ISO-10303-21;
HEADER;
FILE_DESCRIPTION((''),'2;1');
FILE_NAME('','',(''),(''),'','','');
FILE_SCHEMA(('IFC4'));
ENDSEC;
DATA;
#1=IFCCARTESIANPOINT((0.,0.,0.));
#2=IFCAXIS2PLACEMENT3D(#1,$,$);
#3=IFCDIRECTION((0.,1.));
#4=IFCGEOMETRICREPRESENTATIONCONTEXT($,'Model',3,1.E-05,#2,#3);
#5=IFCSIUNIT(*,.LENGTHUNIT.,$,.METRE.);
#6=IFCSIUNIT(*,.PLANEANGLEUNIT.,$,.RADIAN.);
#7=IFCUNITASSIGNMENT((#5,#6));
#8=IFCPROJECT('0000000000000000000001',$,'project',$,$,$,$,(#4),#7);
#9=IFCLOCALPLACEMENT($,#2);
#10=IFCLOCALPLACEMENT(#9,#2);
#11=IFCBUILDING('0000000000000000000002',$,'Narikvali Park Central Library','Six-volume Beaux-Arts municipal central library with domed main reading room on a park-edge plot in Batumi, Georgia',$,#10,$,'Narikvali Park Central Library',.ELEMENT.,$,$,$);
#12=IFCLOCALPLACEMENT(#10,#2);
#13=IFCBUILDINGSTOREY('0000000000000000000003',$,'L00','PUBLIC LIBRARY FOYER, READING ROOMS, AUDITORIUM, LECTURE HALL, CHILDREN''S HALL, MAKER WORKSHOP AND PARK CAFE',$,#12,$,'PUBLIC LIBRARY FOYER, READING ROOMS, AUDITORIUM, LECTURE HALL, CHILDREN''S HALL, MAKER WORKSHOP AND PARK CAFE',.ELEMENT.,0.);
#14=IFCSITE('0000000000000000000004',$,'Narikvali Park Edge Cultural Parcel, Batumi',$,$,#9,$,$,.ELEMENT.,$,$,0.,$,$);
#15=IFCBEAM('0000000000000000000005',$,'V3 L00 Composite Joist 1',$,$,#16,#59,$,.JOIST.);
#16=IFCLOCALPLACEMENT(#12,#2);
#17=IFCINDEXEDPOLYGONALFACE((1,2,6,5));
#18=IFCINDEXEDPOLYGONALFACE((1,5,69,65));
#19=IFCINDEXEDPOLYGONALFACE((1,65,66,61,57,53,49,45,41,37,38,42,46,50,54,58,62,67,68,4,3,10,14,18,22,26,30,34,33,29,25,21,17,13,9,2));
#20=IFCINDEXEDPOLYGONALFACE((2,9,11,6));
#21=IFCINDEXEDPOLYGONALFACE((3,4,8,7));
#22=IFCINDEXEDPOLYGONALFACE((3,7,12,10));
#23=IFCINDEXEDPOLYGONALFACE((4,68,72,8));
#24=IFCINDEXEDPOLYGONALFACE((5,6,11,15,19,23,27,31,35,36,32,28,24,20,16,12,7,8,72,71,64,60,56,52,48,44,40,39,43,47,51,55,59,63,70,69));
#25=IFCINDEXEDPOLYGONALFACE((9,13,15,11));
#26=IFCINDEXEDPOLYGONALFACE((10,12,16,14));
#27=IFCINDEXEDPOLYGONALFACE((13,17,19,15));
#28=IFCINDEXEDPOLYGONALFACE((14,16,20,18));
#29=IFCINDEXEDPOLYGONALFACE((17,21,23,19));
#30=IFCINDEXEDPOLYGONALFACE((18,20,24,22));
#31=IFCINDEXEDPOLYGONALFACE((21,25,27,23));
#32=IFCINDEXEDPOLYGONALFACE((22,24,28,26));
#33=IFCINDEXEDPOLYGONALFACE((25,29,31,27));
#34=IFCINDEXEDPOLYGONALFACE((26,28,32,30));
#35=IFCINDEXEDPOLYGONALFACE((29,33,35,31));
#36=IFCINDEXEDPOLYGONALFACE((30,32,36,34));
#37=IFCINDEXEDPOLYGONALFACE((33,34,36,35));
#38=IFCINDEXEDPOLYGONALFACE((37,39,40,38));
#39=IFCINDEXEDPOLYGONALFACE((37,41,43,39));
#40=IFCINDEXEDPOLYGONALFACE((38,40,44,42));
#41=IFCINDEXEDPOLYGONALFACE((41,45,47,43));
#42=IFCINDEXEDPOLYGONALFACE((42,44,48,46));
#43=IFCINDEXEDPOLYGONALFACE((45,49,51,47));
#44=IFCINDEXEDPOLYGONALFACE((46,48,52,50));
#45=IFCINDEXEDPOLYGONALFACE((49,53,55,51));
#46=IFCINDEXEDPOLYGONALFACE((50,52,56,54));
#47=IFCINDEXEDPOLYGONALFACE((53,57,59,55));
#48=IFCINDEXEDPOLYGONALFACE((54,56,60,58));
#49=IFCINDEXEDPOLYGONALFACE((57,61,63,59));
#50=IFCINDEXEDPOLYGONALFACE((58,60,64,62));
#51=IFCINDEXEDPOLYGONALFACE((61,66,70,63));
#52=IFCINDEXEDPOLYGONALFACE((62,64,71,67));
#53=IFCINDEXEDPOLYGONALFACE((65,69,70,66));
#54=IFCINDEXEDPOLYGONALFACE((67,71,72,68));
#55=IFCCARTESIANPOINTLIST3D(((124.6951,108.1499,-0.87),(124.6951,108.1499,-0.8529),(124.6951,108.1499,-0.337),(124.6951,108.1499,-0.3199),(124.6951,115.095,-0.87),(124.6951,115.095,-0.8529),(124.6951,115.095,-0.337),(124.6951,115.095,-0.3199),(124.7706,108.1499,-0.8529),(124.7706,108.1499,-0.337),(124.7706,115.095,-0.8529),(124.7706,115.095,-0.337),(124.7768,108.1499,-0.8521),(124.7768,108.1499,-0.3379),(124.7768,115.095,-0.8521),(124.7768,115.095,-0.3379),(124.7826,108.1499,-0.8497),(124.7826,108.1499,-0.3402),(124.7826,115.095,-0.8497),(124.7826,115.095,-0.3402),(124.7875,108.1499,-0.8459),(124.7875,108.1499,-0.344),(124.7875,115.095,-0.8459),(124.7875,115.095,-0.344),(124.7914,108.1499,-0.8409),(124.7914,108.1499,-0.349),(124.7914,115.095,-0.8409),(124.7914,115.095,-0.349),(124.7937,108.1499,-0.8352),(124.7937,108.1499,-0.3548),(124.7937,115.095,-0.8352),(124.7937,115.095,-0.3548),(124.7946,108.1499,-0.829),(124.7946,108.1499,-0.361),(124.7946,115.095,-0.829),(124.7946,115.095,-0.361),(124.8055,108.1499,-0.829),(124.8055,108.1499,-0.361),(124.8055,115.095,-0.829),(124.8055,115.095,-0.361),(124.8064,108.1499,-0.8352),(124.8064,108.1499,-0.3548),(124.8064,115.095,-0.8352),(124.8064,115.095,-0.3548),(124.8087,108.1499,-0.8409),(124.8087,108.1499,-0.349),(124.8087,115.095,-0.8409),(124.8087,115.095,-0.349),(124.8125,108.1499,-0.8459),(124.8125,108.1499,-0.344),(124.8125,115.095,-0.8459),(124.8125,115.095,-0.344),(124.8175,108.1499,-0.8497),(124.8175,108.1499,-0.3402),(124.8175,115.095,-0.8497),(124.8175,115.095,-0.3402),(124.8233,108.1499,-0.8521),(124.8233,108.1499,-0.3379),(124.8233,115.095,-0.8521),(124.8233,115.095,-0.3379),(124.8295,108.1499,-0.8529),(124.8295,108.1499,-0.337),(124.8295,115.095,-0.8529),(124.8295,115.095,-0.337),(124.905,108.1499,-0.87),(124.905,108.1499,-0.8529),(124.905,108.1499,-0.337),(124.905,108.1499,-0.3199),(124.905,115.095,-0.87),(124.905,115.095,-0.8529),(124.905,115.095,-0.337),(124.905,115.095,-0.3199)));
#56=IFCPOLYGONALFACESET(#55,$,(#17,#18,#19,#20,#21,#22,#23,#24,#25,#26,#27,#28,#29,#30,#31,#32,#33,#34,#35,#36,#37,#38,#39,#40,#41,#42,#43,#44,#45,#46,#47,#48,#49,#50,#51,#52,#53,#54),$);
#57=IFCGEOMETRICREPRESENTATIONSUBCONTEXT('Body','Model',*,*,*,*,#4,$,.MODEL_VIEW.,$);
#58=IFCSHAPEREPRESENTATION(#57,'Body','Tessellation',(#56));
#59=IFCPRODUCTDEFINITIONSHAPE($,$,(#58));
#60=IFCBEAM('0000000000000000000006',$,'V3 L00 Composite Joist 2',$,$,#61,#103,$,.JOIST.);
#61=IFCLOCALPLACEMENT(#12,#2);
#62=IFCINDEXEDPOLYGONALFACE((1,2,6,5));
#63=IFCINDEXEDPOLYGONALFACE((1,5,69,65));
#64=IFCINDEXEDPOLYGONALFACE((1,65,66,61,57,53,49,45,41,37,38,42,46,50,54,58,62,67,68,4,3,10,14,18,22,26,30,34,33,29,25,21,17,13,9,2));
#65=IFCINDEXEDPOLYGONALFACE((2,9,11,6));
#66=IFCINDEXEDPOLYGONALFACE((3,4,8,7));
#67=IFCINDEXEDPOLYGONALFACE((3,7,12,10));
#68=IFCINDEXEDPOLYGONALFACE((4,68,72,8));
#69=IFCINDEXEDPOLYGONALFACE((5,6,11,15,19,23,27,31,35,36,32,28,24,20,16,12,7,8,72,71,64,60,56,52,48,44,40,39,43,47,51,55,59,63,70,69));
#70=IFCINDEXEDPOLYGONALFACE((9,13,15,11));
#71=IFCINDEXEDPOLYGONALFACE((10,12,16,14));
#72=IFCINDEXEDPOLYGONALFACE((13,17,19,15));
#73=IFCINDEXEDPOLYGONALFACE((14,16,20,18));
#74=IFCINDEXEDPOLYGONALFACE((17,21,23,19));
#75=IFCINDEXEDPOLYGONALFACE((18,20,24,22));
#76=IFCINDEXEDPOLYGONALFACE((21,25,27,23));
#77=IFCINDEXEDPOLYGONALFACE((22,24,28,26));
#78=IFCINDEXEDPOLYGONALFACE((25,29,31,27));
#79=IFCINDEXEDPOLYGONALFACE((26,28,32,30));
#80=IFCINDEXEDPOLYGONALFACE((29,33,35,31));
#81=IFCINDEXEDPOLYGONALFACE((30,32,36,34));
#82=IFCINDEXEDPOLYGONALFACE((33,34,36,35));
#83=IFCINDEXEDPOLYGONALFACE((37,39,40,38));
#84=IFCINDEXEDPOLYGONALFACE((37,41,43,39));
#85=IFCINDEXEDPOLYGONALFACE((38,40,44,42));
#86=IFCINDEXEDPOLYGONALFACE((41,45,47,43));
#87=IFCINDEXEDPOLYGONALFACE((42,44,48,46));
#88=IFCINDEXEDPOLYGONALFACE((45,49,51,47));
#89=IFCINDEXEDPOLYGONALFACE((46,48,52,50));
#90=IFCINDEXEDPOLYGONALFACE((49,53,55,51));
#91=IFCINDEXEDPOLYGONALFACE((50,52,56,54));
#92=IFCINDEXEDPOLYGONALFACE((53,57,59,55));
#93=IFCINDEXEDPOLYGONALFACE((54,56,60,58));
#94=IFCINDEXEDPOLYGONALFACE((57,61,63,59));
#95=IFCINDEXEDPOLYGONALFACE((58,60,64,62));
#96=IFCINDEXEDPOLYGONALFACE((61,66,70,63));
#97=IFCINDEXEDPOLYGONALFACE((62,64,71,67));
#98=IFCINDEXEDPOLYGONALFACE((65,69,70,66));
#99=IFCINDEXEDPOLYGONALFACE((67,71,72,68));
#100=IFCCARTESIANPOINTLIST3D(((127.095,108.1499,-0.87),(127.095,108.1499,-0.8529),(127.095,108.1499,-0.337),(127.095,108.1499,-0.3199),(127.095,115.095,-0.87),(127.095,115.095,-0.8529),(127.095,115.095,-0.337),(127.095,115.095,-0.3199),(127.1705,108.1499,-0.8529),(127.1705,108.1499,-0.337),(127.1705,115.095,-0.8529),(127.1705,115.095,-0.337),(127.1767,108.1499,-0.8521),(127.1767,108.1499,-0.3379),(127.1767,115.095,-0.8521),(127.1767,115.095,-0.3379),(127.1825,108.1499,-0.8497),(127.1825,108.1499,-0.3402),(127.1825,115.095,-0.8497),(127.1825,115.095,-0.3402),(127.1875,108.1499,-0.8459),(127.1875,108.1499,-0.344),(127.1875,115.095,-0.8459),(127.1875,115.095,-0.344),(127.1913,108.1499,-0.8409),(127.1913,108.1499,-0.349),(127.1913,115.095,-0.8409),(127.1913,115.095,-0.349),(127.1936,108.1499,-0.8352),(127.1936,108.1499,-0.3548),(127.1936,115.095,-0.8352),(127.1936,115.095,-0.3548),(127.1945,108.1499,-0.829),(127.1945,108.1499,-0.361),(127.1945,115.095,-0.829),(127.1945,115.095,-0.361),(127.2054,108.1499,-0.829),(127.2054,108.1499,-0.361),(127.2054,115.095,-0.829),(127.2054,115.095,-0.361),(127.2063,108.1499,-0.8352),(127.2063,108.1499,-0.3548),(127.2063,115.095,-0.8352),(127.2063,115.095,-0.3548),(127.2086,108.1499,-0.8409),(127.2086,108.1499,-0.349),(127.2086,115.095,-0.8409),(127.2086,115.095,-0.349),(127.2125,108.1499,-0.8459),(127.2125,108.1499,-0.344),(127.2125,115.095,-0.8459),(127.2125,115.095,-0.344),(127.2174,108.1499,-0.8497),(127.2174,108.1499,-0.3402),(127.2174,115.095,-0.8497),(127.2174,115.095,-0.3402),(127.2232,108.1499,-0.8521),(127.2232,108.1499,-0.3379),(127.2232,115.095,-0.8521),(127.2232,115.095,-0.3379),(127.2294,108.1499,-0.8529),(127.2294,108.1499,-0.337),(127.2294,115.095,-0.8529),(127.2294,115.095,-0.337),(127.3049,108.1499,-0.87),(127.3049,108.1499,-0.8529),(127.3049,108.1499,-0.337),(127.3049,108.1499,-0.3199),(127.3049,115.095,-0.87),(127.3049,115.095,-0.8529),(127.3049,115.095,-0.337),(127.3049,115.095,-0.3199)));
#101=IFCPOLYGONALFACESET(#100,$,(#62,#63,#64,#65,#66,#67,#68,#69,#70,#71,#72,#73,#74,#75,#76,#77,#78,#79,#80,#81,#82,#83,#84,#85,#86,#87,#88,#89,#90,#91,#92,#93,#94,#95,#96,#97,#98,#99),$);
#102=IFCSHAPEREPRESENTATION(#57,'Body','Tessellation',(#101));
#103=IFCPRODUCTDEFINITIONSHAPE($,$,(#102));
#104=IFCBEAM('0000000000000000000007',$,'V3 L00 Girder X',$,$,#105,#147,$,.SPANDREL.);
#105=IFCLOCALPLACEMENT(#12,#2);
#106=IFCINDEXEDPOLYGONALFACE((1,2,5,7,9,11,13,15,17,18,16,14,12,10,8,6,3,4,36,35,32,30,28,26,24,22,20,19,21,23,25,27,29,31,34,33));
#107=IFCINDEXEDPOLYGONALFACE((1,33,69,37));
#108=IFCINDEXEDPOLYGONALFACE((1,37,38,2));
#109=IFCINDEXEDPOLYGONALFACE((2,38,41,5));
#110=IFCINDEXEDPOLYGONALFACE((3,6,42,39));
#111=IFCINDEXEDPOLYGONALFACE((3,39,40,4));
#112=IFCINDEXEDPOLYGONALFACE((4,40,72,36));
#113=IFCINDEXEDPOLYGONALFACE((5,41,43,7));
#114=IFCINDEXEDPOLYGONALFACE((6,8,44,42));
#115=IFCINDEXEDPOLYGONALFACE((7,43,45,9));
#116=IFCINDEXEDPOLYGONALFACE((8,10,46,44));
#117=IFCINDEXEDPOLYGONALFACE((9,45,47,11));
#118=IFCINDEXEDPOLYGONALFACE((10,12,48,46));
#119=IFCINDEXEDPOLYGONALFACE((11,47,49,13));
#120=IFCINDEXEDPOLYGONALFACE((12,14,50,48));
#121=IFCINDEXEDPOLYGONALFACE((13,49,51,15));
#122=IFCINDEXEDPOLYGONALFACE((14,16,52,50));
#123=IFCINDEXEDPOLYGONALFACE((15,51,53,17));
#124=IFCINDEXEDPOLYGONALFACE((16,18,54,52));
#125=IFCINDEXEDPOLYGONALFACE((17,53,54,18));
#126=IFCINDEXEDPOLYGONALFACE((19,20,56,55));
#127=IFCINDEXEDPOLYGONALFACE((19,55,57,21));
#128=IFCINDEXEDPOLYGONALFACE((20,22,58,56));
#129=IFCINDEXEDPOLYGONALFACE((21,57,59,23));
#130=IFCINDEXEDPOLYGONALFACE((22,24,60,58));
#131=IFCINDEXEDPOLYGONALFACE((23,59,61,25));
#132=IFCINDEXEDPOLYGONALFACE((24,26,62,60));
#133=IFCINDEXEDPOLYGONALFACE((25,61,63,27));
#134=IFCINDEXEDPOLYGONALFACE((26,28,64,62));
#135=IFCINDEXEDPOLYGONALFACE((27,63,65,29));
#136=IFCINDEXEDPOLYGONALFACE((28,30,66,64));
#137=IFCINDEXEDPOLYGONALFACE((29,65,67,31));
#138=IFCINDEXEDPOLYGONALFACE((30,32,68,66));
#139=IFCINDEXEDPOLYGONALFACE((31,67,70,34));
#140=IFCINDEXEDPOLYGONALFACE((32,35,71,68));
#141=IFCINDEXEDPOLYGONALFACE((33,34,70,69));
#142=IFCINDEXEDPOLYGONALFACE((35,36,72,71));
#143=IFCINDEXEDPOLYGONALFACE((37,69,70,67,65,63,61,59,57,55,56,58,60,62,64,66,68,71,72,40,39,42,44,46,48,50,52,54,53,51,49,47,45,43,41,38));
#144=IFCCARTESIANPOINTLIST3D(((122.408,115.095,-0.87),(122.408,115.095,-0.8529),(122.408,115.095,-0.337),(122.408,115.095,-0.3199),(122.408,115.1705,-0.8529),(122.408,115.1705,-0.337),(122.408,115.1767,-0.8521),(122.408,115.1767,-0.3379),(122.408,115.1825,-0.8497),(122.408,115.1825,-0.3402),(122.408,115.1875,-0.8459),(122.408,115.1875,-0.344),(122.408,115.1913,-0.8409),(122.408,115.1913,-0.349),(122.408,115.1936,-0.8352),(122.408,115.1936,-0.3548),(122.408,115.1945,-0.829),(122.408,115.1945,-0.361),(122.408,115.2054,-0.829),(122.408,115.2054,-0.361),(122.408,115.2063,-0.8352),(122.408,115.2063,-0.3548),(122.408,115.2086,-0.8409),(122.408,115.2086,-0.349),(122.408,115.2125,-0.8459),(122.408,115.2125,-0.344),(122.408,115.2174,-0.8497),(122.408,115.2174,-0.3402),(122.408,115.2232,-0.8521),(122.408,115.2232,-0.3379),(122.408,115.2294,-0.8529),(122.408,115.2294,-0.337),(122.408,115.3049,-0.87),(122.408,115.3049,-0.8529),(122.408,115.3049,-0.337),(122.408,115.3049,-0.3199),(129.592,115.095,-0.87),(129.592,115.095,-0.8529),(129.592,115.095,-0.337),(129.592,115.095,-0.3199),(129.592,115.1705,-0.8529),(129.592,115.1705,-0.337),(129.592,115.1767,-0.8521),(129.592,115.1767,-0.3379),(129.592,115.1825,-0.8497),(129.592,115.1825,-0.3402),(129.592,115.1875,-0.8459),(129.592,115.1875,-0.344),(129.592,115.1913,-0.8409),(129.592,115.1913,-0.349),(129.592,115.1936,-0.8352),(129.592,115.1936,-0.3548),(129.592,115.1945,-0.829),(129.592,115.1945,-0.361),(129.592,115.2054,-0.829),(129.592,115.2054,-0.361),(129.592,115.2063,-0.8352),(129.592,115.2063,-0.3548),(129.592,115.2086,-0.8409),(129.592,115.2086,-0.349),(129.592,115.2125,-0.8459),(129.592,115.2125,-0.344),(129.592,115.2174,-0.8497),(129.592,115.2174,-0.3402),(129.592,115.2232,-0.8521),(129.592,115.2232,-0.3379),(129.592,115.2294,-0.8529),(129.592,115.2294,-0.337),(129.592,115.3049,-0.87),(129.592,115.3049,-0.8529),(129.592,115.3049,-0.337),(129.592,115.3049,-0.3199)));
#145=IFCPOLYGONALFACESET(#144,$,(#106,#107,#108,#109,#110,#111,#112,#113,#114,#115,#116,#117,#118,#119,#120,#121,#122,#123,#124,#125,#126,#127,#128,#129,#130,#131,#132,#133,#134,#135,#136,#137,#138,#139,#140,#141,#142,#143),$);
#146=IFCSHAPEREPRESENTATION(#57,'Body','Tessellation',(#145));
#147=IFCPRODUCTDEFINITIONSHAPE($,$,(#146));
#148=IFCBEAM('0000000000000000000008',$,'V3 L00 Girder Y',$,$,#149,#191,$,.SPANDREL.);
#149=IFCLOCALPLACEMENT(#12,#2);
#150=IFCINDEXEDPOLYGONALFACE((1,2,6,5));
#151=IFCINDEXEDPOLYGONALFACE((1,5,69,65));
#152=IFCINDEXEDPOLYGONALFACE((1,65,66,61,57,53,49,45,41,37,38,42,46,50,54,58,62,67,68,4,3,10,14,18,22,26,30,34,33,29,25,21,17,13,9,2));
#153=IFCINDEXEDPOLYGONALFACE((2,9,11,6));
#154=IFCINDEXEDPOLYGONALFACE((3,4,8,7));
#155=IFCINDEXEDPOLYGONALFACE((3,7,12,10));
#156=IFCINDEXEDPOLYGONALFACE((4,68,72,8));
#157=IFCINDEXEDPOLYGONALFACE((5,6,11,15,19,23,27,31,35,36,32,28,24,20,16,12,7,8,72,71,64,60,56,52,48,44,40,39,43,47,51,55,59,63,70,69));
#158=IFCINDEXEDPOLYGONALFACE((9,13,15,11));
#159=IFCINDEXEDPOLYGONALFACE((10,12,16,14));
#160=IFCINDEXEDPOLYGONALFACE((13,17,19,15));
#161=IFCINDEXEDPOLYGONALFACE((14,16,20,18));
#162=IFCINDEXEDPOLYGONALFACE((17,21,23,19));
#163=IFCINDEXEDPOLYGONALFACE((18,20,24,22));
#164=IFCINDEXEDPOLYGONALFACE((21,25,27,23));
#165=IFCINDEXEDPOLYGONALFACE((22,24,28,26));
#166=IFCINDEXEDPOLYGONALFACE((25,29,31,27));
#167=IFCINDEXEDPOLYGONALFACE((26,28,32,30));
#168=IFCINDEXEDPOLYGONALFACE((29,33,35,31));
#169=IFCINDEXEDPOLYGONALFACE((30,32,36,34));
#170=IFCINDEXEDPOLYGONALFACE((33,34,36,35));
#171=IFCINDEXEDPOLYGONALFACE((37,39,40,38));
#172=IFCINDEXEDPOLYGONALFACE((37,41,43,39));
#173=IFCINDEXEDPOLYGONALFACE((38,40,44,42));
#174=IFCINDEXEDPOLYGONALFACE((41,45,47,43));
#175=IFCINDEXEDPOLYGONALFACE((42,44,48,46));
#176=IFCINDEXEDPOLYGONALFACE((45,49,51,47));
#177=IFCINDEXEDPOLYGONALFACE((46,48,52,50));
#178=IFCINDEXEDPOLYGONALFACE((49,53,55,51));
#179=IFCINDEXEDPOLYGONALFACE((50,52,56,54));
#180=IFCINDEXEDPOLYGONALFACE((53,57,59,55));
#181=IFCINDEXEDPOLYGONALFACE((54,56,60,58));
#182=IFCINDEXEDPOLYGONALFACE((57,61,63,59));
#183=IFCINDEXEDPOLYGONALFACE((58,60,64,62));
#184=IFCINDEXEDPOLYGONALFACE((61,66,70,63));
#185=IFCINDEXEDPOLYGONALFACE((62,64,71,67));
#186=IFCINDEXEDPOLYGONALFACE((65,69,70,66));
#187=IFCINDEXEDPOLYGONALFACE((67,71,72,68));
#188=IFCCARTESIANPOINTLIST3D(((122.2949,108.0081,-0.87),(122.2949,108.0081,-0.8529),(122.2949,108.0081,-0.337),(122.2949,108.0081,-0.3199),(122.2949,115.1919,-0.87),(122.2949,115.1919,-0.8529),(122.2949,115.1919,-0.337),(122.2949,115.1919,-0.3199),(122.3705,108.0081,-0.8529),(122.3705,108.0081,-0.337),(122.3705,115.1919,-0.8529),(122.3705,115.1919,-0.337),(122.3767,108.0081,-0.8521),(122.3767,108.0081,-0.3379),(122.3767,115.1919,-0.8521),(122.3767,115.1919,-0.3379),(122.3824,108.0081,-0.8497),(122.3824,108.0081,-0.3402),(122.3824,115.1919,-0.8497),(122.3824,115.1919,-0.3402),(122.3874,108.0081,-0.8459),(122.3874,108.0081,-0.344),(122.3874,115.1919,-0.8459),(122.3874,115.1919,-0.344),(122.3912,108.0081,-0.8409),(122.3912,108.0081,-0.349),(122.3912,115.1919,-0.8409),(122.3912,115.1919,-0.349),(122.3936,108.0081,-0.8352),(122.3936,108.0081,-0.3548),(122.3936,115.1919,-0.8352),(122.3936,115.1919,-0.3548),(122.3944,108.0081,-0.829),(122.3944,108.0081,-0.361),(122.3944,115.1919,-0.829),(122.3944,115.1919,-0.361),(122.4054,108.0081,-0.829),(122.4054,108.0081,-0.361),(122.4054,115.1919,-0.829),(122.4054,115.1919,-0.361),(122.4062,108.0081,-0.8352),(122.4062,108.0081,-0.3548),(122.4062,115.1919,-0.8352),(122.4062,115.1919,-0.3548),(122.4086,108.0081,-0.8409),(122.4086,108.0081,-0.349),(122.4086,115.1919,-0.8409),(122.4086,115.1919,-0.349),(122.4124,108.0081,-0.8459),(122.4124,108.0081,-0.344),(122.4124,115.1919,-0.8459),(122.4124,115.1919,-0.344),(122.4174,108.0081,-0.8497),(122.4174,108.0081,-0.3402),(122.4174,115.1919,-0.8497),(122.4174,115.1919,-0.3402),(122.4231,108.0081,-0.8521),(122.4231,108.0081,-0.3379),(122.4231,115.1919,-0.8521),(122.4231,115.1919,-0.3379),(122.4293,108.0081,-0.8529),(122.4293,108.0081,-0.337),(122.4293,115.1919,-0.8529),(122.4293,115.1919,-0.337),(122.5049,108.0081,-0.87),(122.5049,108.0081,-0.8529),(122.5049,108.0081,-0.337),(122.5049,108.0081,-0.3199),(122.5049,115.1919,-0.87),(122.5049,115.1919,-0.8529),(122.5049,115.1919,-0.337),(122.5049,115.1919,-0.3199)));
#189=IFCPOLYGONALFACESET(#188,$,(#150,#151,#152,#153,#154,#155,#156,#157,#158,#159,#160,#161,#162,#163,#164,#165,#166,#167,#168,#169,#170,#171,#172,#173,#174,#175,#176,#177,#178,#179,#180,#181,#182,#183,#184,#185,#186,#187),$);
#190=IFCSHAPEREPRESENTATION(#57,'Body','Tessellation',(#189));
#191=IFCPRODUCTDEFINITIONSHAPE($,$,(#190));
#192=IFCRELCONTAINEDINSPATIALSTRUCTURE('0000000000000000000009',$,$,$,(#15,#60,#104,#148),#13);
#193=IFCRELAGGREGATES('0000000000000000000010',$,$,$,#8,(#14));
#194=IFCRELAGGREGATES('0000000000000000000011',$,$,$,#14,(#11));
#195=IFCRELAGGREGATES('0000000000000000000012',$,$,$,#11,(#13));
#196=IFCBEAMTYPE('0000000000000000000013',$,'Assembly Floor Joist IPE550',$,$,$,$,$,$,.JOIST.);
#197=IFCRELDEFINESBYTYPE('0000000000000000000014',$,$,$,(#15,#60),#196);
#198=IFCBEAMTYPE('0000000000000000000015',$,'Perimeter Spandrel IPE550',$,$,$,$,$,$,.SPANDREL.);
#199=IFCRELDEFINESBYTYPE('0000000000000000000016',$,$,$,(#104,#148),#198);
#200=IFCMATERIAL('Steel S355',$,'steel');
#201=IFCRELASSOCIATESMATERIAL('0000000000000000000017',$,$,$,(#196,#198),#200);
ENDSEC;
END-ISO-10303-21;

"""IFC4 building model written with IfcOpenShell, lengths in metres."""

from ifc_helpers import new_model, si_unit, direction, frame, origin, origin_2d, place, context, subcontext, project, spatial, i_section, extrude, material, material_profile, profile_set, type_object, element, save


model = new_model("IFC4")

# Units and contexts
model_context = context("Model", 3, precision=1e-05, world=origin(), true_north=direction((0.0, 1.0)))
body_context = subcontext(model_context, "Body", "Model", "MODEL_VIEW")
ifc_project = project(units=[si_unit("LENGTHUNIT", "METRE"), si_unit("PLANEANGLEUNIT", "RADIAN")], contexts=[model_context])

# Site, building, storey
site_placement = place(None, origin())
site = spatial("IfcSite", under=ifc_project, at=site_placement, Name="Narikvali Park Edge Cultural Parcel, Batumi", CompositionType="ELEMENT", RefElevation=0.0)
building_placement = place(site_placement, origin())
building = spatial("IfcBuilding", under=site, at=building_placement, Name="Narikvali Park Central Library", Description="Six-volume Beaux-Arts municipal central library with domed main reading room on a park-edge plot in Batumi, Georgia", LongName="Narikvali Park Central Library", CompositionType="ELEMENT")
storey_placement = place(building_placement, origin())
storey = spatial("IfcBuildingStorey", under=building, at=storey_placement, Name="L00", Description="PUBLIC LIBRARY FOYER, READING ROOMS, AUDITORIUM, LECTURE HALL, CHILDREN'S HALL, MAKER WORKSHOP AND PARK CAFE", LongName="PUBLIC LIBRARY FOYER, READING ROOMS, AUDITORIUM, LECTURE HALL, CHILDREN'S HALL, MAKER WORKSHOP AND PARK CAFE", CompositionType="ELEMENT", Elevation=0.0)

# Shared definitions
ifc_material_1 = material(Name="Steel S355", Category="steel")

# Beams
ifc_material_profile_1 = material_profile(ifc_material_1, i_section(OverallWidth=0.21, OverallDepth=0.55, WebThickness=0.011, FlangeThickness=0.0171, FilletRadius=0.0239, at=origin_2d()), Name="IPE 550")
ifc_profile_set_1 = profile_set([ifc_material_profile_1], Name="Steel S355")
beam_type_1 = type_object("IfcBeamType", Name="Assembly Floor Joist IPE550", PredefinedType="JOIST", material=ifc_profile_set_1)
for number, where, z_axis, x_axis, name in (
    (1, (124.8, 108.1499, -0.595), (0.0, 1.0, 0.0), (-1.0, 0.0, 0.0), "V3 L00 Composite Joist 1"),
    (2, (127.2, 108.1499, -0.595), (0.0, 1.0, 0.0), (-1.0, 0.0, 0.0), "V3 L00 Composite Joist 2"),
):
    element("IfcBeam", number, at=place(storey_placement, frame(where, z_axis=z_axis, x_axis=x_axis)), inside=storey, type_object=beam_type_1, Name=name, PredefinedType="JOIST", context=body_context, shape_type="SweptSolid", body=[
        extrude(i_section(OverallWidth=0.21, OverallDepth=0.55, WebThickness=0.011, FlangeThickness=0.0171, FilletRadius=0.0239, at=origin_2d()), origin(), (0.0, 0.0, 1.0), 6.9451),
    ])
ifc_material_profile_2 = material_profile(ifc_material_1, i_section(OverallWidth=0.21, OverallDepth=0.55, WebThickness=0.011, FlangeThickness=0.0171, FilletRadius=0.0239, at=origin_2d()), Name="IPE 550")
ifc_profile_set_2 = profile_set([ifc_material_profile_2], Name="Steel S355")
beam_type_2 = type_object("IfcBeamType", Name="Perimeter Spandrel IPE550", PredefinedType="SPANDREL", material=ifc_profile_set_2)
beam_1_placement = place(storey_placement, frame((122.408, 115.2, -0.595), z_axis=(1.0, 0.0, 0.0), x_axis=(0.0, 1.0, 0.0)))
element("IfcBeam", 3, at=beam_1_placement, inside=storey, type_object=beam_type_2, Name="V3 L00 Girder X", PredefinedType="SPANDREL", context=body_context, shape_type="SweptSolid", body=[
    extrude(i_section(OverallWidth=0.21, OverallDepth=0.55, WebThickness=0.011, FlangeThickness=0.0171, FilletRadius=0.0239, at=origin_2d()), origin(), (0.0, 0.0, 1.0), 7.1841),
])
beam_2_placement = place(storey_placement, frame((122.3999, 108.0081, -0.595), z_axis=(0.0, 1.0, 0.0), x_axis=(-1.0, 0.0, 0.0)))
element("IfcBeam", 4, at=beam_2_placement, inside=storey, type_object=beam_type_2, Name="V3 L00 Girder Y", PredefinedType="SPANDREL", context=body_context, shape_type="SweptSolid", body=[
    extrude(i_section(OverallWidth=0.21, OverallDepth=0.55, WebThickness=0.011, FlangeThickness=0.0171, FilletRadius=0.0239, at=origin_2d()), origin(), (0.0, 0.0, 1.0), 7.1838),
])

save(model, "model.ifc")
